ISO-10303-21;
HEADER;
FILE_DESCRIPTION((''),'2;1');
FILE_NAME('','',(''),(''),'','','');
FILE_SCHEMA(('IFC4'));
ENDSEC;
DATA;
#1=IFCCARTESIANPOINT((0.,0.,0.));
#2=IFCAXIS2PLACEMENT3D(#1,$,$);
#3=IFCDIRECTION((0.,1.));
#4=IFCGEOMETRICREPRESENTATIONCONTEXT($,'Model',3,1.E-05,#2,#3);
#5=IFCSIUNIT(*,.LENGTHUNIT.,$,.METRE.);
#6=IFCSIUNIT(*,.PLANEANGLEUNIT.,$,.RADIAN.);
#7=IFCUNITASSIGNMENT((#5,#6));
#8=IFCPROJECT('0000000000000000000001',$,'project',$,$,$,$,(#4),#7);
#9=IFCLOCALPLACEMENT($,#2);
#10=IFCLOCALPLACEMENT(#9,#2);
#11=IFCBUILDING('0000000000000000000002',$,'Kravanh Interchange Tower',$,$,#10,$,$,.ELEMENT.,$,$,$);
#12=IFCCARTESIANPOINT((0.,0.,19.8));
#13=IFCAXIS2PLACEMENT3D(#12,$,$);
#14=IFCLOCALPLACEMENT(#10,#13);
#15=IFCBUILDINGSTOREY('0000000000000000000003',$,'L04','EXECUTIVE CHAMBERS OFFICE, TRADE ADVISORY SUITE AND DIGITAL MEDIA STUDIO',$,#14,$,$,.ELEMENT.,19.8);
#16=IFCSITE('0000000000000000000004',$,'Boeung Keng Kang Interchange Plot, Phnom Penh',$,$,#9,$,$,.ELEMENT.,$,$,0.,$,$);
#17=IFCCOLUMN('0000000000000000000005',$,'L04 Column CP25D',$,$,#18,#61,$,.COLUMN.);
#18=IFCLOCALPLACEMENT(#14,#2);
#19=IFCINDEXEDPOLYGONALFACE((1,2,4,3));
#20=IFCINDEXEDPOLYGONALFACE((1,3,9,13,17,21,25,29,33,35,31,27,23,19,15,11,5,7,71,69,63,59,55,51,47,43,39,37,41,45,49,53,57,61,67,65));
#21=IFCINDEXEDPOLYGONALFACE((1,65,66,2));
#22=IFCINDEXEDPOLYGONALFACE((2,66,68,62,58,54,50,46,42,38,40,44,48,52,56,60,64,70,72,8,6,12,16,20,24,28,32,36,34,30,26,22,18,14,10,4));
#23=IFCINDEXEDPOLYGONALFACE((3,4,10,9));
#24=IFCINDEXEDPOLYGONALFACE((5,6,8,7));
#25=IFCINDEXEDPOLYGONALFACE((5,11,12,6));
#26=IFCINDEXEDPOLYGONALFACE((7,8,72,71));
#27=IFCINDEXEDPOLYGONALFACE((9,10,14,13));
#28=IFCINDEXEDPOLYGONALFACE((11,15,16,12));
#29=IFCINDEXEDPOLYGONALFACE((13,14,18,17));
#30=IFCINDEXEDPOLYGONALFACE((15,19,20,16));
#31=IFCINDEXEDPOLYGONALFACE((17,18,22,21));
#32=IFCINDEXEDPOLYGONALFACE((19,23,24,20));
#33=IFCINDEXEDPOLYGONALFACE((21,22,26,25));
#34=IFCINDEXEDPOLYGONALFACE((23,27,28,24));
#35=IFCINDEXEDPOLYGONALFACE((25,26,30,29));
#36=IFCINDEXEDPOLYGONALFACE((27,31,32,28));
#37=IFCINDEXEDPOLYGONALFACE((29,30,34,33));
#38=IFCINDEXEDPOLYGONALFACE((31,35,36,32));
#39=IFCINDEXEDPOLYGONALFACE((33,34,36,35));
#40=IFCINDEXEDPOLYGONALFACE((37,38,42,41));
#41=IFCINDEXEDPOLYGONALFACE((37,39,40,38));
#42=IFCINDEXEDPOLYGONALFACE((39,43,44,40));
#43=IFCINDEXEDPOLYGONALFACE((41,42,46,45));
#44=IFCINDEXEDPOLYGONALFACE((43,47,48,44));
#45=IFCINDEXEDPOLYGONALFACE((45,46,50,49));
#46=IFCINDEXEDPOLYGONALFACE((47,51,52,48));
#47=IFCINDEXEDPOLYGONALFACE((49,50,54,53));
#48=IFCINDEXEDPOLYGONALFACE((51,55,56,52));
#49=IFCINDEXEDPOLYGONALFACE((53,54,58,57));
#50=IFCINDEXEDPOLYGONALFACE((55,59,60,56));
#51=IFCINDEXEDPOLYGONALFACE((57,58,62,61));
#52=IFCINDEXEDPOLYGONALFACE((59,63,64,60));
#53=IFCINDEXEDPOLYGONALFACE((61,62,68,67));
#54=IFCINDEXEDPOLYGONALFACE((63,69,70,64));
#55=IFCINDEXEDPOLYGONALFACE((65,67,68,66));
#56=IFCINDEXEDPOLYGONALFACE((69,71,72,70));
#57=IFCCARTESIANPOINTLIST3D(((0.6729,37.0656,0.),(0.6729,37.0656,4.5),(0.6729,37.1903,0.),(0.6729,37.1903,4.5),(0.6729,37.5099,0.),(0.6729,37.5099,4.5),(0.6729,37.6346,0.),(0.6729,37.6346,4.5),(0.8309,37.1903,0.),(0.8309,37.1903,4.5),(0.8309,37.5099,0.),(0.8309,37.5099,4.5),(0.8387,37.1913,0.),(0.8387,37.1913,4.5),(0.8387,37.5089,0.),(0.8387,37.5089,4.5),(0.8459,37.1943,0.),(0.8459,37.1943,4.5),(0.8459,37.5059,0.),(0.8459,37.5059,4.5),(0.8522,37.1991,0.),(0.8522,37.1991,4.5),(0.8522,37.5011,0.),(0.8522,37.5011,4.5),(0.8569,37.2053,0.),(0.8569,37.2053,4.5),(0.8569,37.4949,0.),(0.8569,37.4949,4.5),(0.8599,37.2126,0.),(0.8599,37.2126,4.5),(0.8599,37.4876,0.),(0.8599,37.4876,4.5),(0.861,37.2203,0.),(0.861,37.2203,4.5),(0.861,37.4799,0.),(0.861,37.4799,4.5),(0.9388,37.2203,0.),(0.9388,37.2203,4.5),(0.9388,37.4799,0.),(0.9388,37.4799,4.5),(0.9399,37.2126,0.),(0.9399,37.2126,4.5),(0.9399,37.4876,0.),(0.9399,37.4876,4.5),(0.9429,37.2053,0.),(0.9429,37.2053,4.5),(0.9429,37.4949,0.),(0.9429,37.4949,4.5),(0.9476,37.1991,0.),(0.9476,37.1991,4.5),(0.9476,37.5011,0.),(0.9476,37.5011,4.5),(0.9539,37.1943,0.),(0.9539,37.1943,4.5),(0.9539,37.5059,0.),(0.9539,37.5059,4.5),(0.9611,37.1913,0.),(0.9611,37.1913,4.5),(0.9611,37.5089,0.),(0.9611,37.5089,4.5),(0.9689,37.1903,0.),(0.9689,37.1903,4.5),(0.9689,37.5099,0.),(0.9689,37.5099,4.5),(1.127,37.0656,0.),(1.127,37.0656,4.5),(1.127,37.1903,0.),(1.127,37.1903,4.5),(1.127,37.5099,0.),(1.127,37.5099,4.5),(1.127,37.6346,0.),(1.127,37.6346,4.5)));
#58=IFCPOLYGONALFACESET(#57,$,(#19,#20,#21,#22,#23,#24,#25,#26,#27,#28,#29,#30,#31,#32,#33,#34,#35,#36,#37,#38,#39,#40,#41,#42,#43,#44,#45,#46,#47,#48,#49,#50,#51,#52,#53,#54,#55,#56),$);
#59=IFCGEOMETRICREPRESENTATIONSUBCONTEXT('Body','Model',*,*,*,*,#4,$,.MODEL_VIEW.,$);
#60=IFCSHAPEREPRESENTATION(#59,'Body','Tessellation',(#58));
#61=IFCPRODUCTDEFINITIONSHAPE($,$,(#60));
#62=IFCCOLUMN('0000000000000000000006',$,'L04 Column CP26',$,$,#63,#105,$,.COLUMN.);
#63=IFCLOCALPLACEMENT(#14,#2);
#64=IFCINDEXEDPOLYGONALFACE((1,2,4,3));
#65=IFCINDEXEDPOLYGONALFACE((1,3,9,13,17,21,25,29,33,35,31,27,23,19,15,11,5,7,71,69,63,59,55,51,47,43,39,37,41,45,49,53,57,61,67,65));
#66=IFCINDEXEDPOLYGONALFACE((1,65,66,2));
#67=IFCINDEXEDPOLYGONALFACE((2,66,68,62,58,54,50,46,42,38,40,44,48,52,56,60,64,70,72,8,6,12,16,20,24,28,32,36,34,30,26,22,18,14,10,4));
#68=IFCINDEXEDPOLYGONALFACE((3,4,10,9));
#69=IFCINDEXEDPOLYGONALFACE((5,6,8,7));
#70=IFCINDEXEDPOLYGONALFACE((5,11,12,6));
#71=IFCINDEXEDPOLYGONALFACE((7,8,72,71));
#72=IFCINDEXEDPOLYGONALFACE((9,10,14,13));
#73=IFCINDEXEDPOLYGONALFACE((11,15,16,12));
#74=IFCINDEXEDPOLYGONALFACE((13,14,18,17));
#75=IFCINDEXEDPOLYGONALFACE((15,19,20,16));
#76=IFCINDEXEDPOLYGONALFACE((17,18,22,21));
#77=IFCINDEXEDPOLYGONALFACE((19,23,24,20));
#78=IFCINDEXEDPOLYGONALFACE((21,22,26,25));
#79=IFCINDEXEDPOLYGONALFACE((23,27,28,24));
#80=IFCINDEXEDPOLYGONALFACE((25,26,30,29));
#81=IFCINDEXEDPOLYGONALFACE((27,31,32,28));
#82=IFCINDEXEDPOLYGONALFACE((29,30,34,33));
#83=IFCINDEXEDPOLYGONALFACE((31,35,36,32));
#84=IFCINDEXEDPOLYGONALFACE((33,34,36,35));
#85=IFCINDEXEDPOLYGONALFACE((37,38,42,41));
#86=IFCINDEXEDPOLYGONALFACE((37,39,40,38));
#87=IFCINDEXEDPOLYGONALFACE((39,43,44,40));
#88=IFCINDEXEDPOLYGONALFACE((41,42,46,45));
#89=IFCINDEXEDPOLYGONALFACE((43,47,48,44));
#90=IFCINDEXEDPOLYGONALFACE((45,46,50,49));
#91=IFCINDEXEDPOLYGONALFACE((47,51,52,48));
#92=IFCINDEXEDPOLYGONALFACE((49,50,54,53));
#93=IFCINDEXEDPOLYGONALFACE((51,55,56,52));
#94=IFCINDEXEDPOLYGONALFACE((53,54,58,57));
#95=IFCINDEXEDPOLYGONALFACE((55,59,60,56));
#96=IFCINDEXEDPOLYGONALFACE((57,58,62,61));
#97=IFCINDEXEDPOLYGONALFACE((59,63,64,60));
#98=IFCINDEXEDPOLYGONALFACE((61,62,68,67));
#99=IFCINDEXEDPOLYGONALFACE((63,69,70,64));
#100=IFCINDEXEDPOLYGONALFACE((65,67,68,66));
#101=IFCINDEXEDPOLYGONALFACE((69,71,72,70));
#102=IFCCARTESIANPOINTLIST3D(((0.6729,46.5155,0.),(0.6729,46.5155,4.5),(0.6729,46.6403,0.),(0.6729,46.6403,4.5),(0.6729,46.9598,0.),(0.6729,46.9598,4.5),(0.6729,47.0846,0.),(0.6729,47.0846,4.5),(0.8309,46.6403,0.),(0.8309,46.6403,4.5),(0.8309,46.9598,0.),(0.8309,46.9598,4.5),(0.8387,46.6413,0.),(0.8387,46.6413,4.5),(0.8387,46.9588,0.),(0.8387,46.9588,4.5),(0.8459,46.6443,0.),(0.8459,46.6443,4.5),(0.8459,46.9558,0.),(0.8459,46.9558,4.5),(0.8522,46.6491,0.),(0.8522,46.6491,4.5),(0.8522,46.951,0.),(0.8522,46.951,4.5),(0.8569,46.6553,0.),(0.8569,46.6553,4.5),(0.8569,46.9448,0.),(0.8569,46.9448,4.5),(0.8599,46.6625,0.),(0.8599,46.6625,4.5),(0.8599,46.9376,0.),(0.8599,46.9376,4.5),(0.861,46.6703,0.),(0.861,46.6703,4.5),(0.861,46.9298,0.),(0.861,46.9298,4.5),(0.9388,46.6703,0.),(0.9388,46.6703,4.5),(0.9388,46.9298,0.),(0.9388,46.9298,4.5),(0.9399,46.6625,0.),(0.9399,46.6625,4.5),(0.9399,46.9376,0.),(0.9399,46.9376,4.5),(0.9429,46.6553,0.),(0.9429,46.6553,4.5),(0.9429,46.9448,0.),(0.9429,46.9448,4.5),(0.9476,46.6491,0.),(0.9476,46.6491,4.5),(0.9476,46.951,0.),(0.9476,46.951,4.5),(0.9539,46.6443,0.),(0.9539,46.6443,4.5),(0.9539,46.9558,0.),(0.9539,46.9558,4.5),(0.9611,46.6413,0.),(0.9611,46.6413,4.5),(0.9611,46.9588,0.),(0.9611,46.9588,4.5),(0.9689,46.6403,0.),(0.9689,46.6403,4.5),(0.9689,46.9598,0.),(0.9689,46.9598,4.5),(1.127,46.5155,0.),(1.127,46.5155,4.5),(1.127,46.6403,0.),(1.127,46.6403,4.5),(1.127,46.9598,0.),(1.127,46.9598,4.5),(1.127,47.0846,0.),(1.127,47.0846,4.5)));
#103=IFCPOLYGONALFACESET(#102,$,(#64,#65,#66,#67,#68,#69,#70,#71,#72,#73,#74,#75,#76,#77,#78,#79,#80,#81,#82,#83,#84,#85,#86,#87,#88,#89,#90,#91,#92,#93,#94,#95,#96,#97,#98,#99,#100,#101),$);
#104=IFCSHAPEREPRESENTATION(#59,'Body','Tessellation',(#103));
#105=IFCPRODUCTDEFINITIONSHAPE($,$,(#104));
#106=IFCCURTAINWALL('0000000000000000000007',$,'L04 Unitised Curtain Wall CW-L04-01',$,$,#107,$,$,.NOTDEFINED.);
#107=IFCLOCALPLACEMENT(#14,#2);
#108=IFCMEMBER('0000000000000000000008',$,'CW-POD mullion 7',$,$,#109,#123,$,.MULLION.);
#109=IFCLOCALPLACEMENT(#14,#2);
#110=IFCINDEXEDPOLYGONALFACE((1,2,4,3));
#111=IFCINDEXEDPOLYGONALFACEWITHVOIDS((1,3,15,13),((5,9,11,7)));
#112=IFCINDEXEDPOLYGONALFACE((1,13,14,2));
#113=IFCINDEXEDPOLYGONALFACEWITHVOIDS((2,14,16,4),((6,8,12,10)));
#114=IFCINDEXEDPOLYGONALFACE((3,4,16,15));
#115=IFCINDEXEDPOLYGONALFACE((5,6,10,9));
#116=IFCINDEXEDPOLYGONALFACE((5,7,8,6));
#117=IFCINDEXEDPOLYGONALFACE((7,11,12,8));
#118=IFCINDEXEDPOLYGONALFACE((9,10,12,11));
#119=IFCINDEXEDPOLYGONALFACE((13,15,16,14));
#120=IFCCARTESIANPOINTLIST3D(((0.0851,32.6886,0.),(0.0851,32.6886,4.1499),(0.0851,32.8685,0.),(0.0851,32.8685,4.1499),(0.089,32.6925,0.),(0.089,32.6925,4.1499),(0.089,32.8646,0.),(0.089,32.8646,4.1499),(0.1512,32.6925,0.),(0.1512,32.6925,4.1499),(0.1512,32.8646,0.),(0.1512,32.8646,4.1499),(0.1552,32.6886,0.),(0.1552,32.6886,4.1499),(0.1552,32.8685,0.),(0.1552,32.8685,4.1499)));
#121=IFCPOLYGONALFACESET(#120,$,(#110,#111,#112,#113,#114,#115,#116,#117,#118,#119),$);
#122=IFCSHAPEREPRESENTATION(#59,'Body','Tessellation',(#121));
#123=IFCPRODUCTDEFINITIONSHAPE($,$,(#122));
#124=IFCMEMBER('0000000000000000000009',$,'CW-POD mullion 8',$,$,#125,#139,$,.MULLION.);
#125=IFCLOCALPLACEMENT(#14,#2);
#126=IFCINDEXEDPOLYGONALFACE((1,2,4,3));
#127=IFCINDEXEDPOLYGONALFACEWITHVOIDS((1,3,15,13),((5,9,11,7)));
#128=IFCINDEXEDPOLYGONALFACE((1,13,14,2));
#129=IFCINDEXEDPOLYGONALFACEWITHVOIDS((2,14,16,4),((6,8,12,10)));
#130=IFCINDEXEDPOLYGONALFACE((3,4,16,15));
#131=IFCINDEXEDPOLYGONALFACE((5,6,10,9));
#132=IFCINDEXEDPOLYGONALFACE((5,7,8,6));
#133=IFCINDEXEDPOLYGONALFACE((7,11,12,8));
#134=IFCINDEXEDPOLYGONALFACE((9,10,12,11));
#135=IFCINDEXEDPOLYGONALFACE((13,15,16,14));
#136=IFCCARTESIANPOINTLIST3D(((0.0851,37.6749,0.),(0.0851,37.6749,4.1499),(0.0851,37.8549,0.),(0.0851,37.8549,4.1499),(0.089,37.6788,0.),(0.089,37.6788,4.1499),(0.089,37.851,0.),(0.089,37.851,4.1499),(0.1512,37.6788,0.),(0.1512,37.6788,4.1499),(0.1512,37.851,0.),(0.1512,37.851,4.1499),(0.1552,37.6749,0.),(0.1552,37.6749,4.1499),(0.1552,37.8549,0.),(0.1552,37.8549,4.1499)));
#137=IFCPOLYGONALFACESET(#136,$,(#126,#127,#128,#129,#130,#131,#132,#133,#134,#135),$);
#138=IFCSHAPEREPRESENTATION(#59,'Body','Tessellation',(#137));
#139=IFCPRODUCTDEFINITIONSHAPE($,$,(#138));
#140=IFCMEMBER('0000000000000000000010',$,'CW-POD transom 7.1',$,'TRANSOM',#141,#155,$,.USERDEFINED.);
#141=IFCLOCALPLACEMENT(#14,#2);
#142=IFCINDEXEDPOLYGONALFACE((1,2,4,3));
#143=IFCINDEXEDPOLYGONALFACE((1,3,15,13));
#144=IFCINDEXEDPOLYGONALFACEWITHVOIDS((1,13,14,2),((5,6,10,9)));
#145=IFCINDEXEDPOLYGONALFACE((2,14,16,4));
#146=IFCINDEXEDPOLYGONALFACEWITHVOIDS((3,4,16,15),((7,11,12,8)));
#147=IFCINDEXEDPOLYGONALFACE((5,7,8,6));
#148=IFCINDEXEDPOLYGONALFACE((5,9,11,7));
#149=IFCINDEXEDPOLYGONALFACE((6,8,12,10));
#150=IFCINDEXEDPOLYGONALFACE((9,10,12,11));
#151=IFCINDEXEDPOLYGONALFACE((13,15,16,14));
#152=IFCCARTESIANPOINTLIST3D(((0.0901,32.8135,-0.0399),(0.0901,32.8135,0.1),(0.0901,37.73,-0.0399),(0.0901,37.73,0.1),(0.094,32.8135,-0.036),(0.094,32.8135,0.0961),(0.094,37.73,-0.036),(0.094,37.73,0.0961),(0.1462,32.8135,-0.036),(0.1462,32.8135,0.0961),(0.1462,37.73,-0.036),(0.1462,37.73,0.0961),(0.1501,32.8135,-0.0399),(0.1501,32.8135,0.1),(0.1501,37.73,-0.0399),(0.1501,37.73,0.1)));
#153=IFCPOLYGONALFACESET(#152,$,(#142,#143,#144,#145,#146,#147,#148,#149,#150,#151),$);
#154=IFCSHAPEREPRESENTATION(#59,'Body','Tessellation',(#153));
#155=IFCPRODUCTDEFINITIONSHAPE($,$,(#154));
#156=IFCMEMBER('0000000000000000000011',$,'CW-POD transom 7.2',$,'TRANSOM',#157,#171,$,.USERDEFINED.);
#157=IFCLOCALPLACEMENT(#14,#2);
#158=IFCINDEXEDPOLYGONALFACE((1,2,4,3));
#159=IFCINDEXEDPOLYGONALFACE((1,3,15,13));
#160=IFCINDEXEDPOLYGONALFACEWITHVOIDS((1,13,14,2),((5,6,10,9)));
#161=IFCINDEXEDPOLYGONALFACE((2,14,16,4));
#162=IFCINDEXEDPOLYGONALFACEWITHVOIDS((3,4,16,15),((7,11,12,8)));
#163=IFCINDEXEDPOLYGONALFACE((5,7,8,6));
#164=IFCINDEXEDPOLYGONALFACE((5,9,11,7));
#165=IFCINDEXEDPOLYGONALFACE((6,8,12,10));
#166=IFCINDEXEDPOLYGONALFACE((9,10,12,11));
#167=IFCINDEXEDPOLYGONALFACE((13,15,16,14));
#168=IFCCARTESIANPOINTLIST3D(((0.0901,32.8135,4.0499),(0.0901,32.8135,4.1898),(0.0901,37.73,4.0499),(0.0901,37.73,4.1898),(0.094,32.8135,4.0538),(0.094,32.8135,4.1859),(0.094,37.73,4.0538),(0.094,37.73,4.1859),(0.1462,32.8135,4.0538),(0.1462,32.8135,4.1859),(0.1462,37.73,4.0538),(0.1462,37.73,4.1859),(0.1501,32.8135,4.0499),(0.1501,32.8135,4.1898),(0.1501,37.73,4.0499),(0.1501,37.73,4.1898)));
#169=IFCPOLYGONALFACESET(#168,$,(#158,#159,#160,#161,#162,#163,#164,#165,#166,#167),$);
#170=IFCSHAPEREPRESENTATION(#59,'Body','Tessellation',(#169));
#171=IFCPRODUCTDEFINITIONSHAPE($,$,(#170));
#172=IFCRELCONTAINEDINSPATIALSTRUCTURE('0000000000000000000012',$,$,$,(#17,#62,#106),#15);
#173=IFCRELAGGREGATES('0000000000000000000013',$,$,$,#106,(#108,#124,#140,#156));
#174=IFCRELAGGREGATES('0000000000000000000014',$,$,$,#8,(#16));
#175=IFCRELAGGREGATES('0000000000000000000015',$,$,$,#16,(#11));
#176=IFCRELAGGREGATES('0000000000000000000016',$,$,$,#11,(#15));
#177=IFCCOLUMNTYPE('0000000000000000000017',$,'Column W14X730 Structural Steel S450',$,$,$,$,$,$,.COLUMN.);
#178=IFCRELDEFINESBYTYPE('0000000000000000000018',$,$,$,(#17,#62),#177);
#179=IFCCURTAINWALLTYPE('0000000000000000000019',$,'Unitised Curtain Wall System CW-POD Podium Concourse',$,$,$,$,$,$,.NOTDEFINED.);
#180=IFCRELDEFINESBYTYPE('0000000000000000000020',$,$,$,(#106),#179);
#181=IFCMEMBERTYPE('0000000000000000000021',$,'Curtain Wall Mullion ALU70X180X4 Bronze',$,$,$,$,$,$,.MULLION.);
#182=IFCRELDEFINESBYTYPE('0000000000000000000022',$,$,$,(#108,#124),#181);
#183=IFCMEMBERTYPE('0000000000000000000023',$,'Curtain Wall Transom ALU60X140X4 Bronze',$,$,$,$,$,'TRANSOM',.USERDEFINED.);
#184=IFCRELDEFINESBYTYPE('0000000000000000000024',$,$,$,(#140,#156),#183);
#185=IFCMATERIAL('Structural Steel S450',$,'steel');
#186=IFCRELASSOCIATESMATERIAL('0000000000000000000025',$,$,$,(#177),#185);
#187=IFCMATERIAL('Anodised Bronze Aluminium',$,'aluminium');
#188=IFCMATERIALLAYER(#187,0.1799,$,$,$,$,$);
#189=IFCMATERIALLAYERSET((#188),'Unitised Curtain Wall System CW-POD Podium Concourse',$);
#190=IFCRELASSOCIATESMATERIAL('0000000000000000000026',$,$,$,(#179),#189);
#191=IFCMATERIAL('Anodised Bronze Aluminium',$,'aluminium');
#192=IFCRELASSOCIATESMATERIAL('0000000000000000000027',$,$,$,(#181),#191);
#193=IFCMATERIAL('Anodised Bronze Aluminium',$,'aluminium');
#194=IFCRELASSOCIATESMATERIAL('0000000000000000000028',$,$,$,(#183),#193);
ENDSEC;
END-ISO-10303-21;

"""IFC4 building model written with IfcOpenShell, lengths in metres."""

from ifc_helpers import new_model, si_unit, direction, frame, origin, origin_2d, place, context, subcontext, project, spatial, hollow_rectangle, i_section, extrude, material, layer, layer_set, material_profile, profile_set, type_object, element, aggregate, save


model = new_model("IFC4")

# Units and contexts
model_context = context("Model", 3, precision=1e-05, world=origin(), true_north=direction((0.0, 1.0)))
body_context = subcontext(model_context, "Body", "Model", "MODEL_VIEW")
ifc_project = project(units=[si_unit("LENGTHUNIT", "METRE"), si_unit("PLANEANGLEUNIT", "RADIAN")], contexts=[model_context])

# Site, building, storey
site_placement = place(None, origin())
site = spatial("IfcSite", under=ifc_project, at=site_placement, Name="Boeung Keng Kang Interchange Plot, Phnom Penh", CompositionType="ELEMENT", RefElevation=0.0)
building_placement = place(site_placement, origin())
building = spatial("IfcBuilding", under=site, at=building_placement, Name="Kravanh Interchange Tower", CompositionType="ELEMENT")
storey_placement = place(building_placement, frame((0.0, 0.0, 19.8)))
storey = spatial("IfcBuildingStorey", under=building, at=storey_placement, Name="L04", Description="EXECUTIVE CHAMBERS OFFICE, TRADE ADVISORY SUITE AND DIGITAL MEDIA STUDIO", CompositionType="ELEMENT", Elevation=19.8)

# Columns
ifc_material_1 = material(Name="Structural Steel S450", Category="steel")
ifc_material_profile_1 = material_profile(ifc_material_1, i_section(OverallWidth=0.4541, OverallDepth=0.5691, WebThickness=0.0779, FlangeThickness=0.1248, FilletRadius=0.03, at=origin_2d()), Name="W14X730")
ifc_profile_set_1 = profile_set([ifc_material_profile_1], Name="Structural Steel S450")
column_type = type_object("IfcColumnType", Name="Column W14X730 Structural Steel S450", PredefinedType="COLUMN", material=ifc_profile_set_1)
for number, where, z_axis, x_axis, name in (
    (1, (0.8999, 37.3501, 0.0), (0.0, 0.0, 1.0), (1.0, 0.0, 0.0), "L04 Column CP25D"),
    (2, (0.8999, 46.8, 0.0), (0.0, 0.0, 1.0), (1.0, 0.0, 0.0), "L04 Column CP26"),
):
    element("IfcColumn", number, at=place(storey_placement, frame(where, z_axis=z_axis, x_axis=x_axis)), inside=storey, type_object=column_type, Name=name, PredefinedType="COLUMN", context=body_context, shape_type="SweptSolid", body=[
        extrude(i_section(OverallWidth=0.4541, OverallDepth=0.5691, WebThickness=0.0779, FlangeThickness=0.1248, FilletRadius=0.03, at=origin_2d()), origin(), (0.0, 0.0, 1.0), 4.5),
    ])

# Curtain wall, members
ifc_material_2 = material(Name="Anodised Bronze Aluminium", Category="aluminium")
ifc_layer_1 = layer(ifc_material_2, 0.1799)
ifc_layer_set_1 = layer_set([ifc_layer_1], Name="Unitised Curtain Wall System CW-POD Podium Concourse")
curtain_wall_type = type_object("IfcCurtainWallType", Name="Unitised Curtain Wall System CW-POD Podium Concourse", PredefinedType="NOTDEFINED", material=ifc_layer_set_1)
curtain_wall_placement = place(storey_placement, origin())
curtain_wall = element("IfcCurtainWall", 3, at=curtain_wall_placement, inside=storey, type_object=curtain_wall_type, Name="L04 Unitised Curtain Wall CW-L04-01", PredefinedType="NOTDEFINED")
ifc_material_3 = material(Name="Anodised Bronze Aluminium", Category="aluminium")
ifc_material_profile_2 = material_profile(ifc_material_3, hollow_rectangle(XDim=0.0701, YDim=0.1799, WallThickness=0.0039, at=origin_2d()), Name="ALU70X180X4")
ifc_profile_set_2 = profile_set([ifc_material_profile_2], Name="Anodised Bronze Aluminium")
member_type_1 = type_object("IfcMemberType", Name="Curtain Wall Mullion ALU70X180X4 Bronze", PredefinedType="MULLION", material=ifc_profile_set_2)
member_1_placement = place(storey_placement, frame((0.1201, 32.7786, 0.0), z_axis=(0.0, 0.0, 1.0), x_axis=(-1.0, 0.0, 0.0)))
member_1 = element("IfcMember", 4, at=member_1_placement, type_object=member_type_1, Name="CW-POD mullion 7", PredefinedType="MULLION", context=body_context, shape_type="SweptSolid", body=[
    extrude(hollow_rectangle(XDim=0.0701, YDim=0.1799, WallThickness=0.0039, at=origin_2d()), origin(), (0.0, 0.0, 1.0), 4.1499),
])
member_2_placement = place(storey_placement, frame((0.1201, 37.7649, 0.0), z_axis=(0.0, 0.0, 1.0), x_axis=(-1.0, 0.0, 0.0)))
member_2 = element("IfcMember", 5, at=member_2_placement, type_object=member_type_1, Name="CW-POD mullion 8", PredefinedType="MULLION", context=body_context, shape_type="SweptSolid", body=[
    extrude(hollow_rectangle(XDim=0.0701, YDim=0.1799, WallThickness=0.0039, at=origin_2d()), origin(), (0.0, 0.0, 1.0), 4.1499),
])
ifc_material_4 = material(Name="Anodised Bronze Aluminium", Category="aluminium")
ifc_material_profile_3 = material_profile(ifc_material_4, hollow_rectangle(XDim=0.0601, YDim=0.1399, WallThickness=0.0039, at=origin_2d()), Name="ALU60X140X4")
ifc_profile_set_3 = profile_set([ifc_material_profile_3], Name="Anodised Bronze Aluminium")
member_type_2 = type_object("IfcMemberType", Name="Curtain Wall Transom ALU60X140X4 Bronze", ElementType="TRANSOM", PredefinedType="USERDEFINED", material=ifc_profile_set_3)
member_3_placement = place(storey_placement, frame((0.1201, 32.8135, 0.03), z_axis=(0.0, 1.0, 0.0), x_axis=(-1.0, 0.0, 0.0)))
member_3 = element("IfcMember", 6, at=member_3_placement, type_object=member_type_2, Name="CW-POD transom 7.1", ObjectType="TRANSOM", PredefinedType="USERDEFINED", context=body_context, shape_type="SweptSolid", body=[
    extrude(hollow_rectangle(XDim=0.0601, YDim=0.1399, WallThickness=0.0039, at=origin_2d()), origin(), (0.0, 0.0, 1.0), 4.9165),
])
member_4_placement = place(storey_placement, frame((0.1201, 32.8135, 4.1199), z_axis=(0.0, 1.0, 0.0), x_axis=(-1.0, 0.0, 0.0)))
member_4 = element("IfcMember", 7, at=member_4_placement, type_object=member_type_2, Name="CW-POD transom 7.2", ObjectType="TRANSOM", PredefinedType="USERDEFINED", context=body_context, shape_type="SweptSolid", body=[
    extrude(hollow_rectangle(XDim=0.0601, YDim=0.1399, WallThickness=0.0039, at=origin_2d()), origin(), (0.0, 0.0, 1.0), 4.9165),
])

aggregate(curtain_wall, [member_1, member_2, member_3, member_4])

save(model, "model.ifc")
